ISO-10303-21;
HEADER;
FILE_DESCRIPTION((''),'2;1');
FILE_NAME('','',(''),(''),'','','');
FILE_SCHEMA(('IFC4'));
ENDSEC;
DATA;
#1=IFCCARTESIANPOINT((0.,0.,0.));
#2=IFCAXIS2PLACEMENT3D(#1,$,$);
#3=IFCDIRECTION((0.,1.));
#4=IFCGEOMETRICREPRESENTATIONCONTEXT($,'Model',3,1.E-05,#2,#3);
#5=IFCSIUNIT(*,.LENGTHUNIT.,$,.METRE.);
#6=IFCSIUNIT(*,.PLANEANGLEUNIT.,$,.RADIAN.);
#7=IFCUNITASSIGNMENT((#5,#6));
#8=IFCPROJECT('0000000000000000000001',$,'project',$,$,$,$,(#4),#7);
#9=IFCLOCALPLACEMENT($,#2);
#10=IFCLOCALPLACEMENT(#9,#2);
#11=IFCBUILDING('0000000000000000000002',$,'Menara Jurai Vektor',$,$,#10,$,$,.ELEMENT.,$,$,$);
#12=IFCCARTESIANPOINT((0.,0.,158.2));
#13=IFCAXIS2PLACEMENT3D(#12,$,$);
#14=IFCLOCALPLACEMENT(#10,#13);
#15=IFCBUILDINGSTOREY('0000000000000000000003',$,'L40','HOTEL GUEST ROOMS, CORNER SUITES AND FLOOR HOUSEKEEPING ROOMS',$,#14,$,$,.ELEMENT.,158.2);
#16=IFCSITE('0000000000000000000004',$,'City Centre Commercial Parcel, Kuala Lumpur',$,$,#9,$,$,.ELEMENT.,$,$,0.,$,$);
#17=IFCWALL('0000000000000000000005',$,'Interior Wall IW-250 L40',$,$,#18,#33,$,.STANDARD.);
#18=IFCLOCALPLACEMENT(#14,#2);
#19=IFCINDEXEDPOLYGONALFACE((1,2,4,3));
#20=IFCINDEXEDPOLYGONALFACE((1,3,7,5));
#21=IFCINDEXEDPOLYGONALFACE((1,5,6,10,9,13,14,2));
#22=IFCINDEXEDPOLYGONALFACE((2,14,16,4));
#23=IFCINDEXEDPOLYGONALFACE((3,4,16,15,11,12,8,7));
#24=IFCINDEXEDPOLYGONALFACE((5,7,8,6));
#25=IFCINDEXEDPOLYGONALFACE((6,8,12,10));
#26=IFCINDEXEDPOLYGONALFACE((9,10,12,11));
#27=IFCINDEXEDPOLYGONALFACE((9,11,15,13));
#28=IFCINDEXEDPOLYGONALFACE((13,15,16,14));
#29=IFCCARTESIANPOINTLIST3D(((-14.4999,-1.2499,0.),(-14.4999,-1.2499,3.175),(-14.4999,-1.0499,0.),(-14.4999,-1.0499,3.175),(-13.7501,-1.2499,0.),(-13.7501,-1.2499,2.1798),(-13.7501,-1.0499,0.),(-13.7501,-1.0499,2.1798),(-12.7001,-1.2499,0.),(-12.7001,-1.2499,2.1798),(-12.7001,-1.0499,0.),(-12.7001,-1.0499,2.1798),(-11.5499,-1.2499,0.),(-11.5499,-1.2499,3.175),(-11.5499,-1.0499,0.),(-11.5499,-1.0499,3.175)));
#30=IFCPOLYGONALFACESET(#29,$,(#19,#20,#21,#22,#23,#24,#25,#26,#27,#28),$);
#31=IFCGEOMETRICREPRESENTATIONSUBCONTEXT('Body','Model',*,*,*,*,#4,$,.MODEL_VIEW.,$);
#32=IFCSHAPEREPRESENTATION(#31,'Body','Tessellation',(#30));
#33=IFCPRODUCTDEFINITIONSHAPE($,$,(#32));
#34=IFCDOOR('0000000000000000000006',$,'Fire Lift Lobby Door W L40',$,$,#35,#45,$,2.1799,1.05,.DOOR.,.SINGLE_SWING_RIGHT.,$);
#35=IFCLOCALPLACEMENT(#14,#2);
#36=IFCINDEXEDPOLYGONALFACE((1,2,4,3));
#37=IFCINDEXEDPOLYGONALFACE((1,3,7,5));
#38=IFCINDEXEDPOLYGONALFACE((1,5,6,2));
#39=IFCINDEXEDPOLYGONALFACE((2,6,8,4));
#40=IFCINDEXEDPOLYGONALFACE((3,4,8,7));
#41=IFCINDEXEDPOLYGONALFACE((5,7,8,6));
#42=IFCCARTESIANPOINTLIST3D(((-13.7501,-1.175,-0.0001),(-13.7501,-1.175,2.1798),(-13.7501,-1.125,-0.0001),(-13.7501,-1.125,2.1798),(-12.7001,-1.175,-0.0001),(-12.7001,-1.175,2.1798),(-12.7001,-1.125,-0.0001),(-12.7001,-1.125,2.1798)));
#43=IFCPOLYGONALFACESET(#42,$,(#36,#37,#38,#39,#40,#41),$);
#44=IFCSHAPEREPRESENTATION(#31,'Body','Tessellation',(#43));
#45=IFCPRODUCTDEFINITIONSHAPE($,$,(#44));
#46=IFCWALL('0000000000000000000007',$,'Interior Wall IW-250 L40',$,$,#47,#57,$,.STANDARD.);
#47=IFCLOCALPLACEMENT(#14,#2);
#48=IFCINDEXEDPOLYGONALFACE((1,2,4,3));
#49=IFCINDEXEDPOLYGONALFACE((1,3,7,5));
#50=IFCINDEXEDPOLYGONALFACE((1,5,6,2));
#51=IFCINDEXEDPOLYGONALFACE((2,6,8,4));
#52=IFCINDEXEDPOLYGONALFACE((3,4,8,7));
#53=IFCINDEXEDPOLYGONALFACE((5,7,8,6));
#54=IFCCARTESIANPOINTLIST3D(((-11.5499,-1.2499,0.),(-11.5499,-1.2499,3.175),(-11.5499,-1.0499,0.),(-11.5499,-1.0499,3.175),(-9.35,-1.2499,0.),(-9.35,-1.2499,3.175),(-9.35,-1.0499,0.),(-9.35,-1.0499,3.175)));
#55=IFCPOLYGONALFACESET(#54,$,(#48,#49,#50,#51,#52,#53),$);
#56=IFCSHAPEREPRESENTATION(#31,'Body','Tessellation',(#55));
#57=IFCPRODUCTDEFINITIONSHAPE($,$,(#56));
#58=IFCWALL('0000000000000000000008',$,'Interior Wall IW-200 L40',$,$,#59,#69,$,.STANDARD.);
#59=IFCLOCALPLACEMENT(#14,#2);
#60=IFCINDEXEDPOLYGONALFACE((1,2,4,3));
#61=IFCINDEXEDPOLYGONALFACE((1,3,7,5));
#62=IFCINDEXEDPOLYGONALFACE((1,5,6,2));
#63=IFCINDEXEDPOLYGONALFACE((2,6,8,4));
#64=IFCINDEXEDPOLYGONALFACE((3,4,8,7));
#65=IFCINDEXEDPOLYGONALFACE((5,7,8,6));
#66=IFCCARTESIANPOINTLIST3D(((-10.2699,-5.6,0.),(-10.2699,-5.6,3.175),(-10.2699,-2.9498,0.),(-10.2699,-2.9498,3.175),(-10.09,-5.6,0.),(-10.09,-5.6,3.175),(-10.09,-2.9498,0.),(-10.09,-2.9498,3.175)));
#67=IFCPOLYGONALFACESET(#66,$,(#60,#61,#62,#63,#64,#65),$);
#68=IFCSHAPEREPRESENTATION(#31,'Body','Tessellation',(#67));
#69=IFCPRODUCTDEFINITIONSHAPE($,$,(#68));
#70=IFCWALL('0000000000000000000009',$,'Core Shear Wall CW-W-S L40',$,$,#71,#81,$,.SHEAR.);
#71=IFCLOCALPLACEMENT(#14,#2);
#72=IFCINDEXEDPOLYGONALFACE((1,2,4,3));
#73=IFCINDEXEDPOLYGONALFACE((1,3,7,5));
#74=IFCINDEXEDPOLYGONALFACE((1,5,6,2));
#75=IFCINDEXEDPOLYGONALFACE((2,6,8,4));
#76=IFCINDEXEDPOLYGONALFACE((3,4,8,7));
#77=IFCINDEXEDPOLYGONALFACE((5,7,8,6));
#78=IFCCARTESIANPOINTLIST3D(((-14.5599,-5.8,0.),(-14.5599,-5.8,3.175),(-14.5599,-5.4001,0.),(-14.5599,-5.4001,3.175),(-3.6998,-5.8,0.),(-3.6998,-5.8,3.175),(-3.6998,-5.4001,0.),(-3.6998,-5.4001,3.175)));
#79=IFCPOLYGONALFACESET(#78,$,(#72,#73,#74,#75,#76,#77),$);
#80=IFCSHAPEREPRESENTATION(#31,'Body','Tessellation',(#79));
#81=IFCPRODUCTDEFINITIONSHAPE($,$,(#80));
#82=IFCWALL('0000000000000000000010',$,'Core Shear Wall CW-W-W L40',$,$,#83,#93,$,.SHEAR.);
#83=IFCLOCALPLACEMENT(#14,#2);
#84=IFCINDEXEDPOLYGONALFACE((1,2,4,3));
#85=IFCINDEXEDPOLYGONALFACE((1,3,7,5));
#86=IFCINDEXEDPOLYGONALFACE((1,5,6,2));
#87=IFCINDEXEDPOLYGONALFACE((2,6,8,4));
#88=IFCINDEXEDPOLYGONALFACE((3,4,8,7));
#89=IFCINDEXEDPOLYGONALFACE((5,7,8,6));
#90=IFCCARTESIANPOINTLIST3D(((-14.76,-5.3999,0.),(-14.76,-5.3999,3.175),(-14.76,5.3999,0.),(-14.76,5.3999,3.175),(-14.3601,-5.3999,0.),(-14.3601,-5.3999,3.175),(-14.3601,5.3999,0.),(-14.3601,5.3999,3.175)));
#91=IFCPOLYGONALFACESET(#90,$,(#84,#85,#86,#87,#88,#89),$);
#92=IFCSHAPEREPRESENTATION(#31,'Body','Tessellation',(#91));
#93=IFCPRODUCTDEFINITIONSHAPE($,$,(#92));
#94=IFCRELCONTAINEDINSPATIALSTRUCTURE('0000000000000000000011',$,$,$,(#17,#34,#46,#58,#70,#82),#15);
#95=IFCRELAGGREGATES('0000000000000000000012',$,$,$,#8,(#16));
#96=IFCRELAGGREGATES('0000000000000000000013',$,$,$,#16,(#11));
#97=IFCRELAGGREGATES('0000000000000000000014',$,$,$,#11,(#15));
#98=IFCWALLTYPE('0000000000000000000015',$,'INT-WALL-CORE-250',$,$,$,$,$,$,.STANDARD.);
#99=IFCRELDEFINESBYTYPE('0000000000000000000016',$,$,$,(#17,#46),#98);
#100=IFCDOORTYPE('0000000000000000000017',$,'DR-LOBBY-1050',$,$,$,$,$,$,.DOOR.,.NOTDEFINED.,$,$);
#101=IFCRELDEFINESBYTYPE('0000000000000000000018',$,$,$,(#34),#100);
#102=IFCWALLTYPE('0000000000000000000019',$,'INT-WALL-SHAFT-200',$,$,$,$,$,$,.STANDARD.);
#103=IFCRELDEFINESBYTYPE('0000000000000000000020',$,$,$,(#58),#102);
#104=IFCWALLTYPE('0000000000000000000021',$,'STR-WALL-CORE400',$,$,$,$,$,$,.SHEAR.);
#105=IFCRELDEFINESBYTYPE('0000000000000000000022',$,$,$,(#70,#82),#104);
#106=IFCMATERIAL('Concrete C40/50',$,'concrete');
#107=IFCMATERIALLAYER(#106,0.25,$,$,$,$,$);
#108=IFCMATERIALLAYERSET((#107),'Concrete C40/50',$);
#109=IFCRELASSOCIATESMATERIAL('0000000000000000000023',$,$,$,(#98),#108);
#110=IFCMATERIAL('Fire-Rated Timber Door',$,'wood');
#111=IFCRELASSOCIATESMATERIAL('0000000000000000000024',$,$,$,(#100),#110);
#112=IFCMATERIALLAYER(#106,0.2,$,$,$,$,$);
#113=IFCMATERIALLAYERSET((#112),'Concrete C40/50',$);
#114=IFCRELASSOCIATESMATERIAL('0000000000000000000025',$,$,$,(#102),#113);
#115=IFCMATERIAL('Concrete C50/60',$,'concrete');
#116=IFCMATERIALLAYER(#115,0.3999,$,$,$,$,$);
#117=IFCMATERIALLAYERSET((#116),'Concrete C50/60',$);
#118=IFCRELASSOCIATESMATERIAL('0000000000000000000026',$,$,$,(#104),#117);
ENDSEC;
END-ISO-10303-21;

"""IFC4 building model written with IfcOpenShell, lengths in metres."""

from ifc_helpers import new_model, si_unit, direction, frame, frame_2d, origin, place, context, subcontext, project, spatial, rectangle, extrude, material, layer, layer_set, type_object, element, fill, save


model = new_model("IFC4")

# Units and contexts
model_context = context("Model", 3, precision=1e-05, world=origin(), true_north=direction((0.0, 1.0)))
body_context = subcontext(model_context, "Body", "Model", "MODEL_VIEW")
ifc_project = project(units=[si_unit("LENGTHUNIT", "METRE"), si_unit("PLANEANGLEUNIT", "RADIAN")], contexts=[model_context])

# Site, building, storey
site_placement = place(None, origin())
site = spatial("IfcSite", under=ifc_project, at=site_placement, Name="City Centre Commercial Parcel, Kuala Lumpur", CompositionType="ELEMENT", RefElevation=0.0)
building_placement = place(site_placement, origin())
building = spatial("IfcBuilding", under=site, at=building_placement, Name="Menara Jurai Vektor", CompositionType="ELEMENT")
storey_placement = place(building_placement, frame((0.0, 0.0, 158.2)))
storey = spatial("IfcBuildingStorey", under=building, at=storey_placement, Name="L40", Description="HOTEL GUEST ROOMS, CORNER SUITES AND FLOOR HOUSEKEEPING ROOMS", CompositionType="ELEMENT", Elevation=158.2)

# Shared definitions
ifc_material_1 = material(Name="Concrete C50/60", Category="concrete")

# Shared definitions
ifc_material_2 = material(Name="Concrete C40/50", Category="concrete")
ifc_layer_1 = layer(ifc_material_2, 0.25)
ifc_layer_set_1 = layer_set([ifc_layer_1], Name="Concrete C40/50")
wall_type_1 = type_object("IfcWallType", Name="INT-WALL-CORE-250", PredefinedType="STANDARD", material=ifc_layer_set_1)

# Wall, opening, door
wall_1_placement = place(storey_placement, frame((-14.5, -1.1499, 0.0), z_axis=(0.0, 0.0, 1.0), x_axis=(1.0, 0.0, 0.0)))
wall_1 = element("IfcWall", 1, at=wall_1_placement, inside=storey, type_object=wall_type_1, Name="Interior Wall IW-250 L40", PredefinedType="STANDARD", context=body_context, shape_type="SweptSolid", body=[
    extrude(rectangle(XDim=2.95, YDim=0.2, at=frame_2d((1.4751, 0.0))), origin(), (0.0, 0.0, 1.0), 3.175),
])
opening_1_placement = place(wall_1_placement, frame((0.75, 0.0, 0.0)))
opening_1 = element("IfcOpeningElement", 2, at=opening_1_placement, cuts=wall_1, PredefinedType="OPENING", context=body_context, shape_type="SweptSolid", body=[
    extrude(rectangle(XDim=1.05, YDim=2.1799, at=frame_2d((0.5249, 1.0898))), frame((0.0, 0.1099, 0.0), z_axis=(0.0, -1.0, 0.0), x_axis=(1.0, 0.0, 0.0)), (0.0, 0.0, 1.0), 0.22),
])
ifc_material_3 = material(Name="Fire-Rated Timber Door", Category="wood")
door_type_1 = type_object("IfcDoorType", Name="DR-LOBBY-1050", OperationType="NOTDEFINED", PredefinedType="DOOR", material=ifc_material_3)
door_1_placement = place(opening_1_placement, origin())
door_1 = element("IfcDoor", 3, at=door_1_placement, inside=storey, type_object=door_type_1, Name="Fire Lift Lobby Door W L40", OperationType="SINGLE_SWING_RIGHT", OverallHeight=2.1799, OverallWidth=1.05, PredefinedType="DOOR", context=body_context, shape_type="SweptSolid", body=[
    extrude(rectangle(XDim=1.05, YDim=2.1799, at=frame_2d((0.5249, 1.0898))), frame((0.0, 0.0249, 0.0), z_axis=(0.0, -1.0, 0.0), x_axis=(1.0, 0.0, 0.0)), (0.0, 0.0, 1.0), 0.05),
])
fill(opening_1, door_1)

# Wall
wall_2_placement = place(storey_placement, frame((-11.55, -1.1499, 0.0), z_axis=(0.0, 0.0, 1.0), x_axis=(1.0, 0.0, 0.0)))
element("IfcWall", 4, at=wall_2_placement, inside=storey, type_object=wall_type_1, Name="Interior Wall IW-250 L40", PredefinedType="STANDARD", context=body_context, shape_type="SweptSolid", body=[
    extrude(rectangle(XDim=2.2, YDim=0.2, at=frame_2d((1.1001, 0.0))), origin(), (0.0, 0.0, 1.0), 3.175),
])

# Shared definitions
ifc_layer_2 = layer(ifc_material_2, 0.2)
ifc_layer_set_2 = layer_set([ifc_layer_2], Name="Concrete C40/50")
wall_type_2 = type_object("IfcWallType", Name="INT-WALL-SHAFT-200", PredefinedType="STANDARD", material=ifc_layer_set_2)

# Walls
wall_3_placement = place(storey_placement, frame((-10.1799, -5.6001, 0.0), z_axis=(0.0, 0.0, 1.0), x_axis=(0.0, 1.0, 0.0)))
element("IfcWall", 5, at=wall_3_placement, inside=storey, type_object=wall_type_2, Name="Interior Wall IW-200 L40", PredefinedType="STANDARD", context=body_context, shape_type="SweptSolid", body=[
    extrude(rectangle(XDim=2.6501, YDim=0.1799, at=frame_2d((1.3252, 0.0))), origin(), (0.0, 0.0, 1.0), 3.175),
])
ifc_layer_3 = layer(ifc_material_1, 0.3999)
ifc_layer_set_3 = layer_set([ifc_layer_3], Name="Concrete C50/60")
wall_type_3 = type_object("IfcWallType", Name="STR-WALL-CORE400", PredefinedType="SHEAR", material=ifc_layer_set_3)
wall_4_placement = place(storey_placement, frame((-14.5601, -5.6001, 0.0), z_axis=(0.0, 0.0, 1.0), x_axis=(1.0, 0.0, 0.0)))
element("IfcWall", 6, at=wall_4_placement, inside=storey, type_object=wall_type_3, Name="Core Shear Wall CW-W-S L40", PredefinedType="SHEAR", context=body_context, shape_type="SweptSolid", body=[
    extrude(rectangle(XDim=10.8601, YDim=0.3999, at=frame_2d((5.4302, 0.0))), origin(), (0.0, 0.0, 1.0), 3.175),
])
wall_5_placement = place(storey_placement, frame((-14.5601, -5.3999, 0.0), z_axis=(0.0, 0.0, 1.0), x_axis=(0.0, 1.0, 0.0)))
element("IfcWall", 7, at=wall_5_placement, inside=storey, type_object=wall_type_3, Name="Core Shear Wall CW-W-W L40", PredefinedType="SHEAR", context=body_context, shape_type="SweptSolid", body=[
    extrude(rectangle(XDim=10.7998, YDim=0.3999, at=frame_2d((5.3999, 0.0))), origin(), (0.0, 0.0, 1.0), 3.175),
])

save(model, "model.ifc")
